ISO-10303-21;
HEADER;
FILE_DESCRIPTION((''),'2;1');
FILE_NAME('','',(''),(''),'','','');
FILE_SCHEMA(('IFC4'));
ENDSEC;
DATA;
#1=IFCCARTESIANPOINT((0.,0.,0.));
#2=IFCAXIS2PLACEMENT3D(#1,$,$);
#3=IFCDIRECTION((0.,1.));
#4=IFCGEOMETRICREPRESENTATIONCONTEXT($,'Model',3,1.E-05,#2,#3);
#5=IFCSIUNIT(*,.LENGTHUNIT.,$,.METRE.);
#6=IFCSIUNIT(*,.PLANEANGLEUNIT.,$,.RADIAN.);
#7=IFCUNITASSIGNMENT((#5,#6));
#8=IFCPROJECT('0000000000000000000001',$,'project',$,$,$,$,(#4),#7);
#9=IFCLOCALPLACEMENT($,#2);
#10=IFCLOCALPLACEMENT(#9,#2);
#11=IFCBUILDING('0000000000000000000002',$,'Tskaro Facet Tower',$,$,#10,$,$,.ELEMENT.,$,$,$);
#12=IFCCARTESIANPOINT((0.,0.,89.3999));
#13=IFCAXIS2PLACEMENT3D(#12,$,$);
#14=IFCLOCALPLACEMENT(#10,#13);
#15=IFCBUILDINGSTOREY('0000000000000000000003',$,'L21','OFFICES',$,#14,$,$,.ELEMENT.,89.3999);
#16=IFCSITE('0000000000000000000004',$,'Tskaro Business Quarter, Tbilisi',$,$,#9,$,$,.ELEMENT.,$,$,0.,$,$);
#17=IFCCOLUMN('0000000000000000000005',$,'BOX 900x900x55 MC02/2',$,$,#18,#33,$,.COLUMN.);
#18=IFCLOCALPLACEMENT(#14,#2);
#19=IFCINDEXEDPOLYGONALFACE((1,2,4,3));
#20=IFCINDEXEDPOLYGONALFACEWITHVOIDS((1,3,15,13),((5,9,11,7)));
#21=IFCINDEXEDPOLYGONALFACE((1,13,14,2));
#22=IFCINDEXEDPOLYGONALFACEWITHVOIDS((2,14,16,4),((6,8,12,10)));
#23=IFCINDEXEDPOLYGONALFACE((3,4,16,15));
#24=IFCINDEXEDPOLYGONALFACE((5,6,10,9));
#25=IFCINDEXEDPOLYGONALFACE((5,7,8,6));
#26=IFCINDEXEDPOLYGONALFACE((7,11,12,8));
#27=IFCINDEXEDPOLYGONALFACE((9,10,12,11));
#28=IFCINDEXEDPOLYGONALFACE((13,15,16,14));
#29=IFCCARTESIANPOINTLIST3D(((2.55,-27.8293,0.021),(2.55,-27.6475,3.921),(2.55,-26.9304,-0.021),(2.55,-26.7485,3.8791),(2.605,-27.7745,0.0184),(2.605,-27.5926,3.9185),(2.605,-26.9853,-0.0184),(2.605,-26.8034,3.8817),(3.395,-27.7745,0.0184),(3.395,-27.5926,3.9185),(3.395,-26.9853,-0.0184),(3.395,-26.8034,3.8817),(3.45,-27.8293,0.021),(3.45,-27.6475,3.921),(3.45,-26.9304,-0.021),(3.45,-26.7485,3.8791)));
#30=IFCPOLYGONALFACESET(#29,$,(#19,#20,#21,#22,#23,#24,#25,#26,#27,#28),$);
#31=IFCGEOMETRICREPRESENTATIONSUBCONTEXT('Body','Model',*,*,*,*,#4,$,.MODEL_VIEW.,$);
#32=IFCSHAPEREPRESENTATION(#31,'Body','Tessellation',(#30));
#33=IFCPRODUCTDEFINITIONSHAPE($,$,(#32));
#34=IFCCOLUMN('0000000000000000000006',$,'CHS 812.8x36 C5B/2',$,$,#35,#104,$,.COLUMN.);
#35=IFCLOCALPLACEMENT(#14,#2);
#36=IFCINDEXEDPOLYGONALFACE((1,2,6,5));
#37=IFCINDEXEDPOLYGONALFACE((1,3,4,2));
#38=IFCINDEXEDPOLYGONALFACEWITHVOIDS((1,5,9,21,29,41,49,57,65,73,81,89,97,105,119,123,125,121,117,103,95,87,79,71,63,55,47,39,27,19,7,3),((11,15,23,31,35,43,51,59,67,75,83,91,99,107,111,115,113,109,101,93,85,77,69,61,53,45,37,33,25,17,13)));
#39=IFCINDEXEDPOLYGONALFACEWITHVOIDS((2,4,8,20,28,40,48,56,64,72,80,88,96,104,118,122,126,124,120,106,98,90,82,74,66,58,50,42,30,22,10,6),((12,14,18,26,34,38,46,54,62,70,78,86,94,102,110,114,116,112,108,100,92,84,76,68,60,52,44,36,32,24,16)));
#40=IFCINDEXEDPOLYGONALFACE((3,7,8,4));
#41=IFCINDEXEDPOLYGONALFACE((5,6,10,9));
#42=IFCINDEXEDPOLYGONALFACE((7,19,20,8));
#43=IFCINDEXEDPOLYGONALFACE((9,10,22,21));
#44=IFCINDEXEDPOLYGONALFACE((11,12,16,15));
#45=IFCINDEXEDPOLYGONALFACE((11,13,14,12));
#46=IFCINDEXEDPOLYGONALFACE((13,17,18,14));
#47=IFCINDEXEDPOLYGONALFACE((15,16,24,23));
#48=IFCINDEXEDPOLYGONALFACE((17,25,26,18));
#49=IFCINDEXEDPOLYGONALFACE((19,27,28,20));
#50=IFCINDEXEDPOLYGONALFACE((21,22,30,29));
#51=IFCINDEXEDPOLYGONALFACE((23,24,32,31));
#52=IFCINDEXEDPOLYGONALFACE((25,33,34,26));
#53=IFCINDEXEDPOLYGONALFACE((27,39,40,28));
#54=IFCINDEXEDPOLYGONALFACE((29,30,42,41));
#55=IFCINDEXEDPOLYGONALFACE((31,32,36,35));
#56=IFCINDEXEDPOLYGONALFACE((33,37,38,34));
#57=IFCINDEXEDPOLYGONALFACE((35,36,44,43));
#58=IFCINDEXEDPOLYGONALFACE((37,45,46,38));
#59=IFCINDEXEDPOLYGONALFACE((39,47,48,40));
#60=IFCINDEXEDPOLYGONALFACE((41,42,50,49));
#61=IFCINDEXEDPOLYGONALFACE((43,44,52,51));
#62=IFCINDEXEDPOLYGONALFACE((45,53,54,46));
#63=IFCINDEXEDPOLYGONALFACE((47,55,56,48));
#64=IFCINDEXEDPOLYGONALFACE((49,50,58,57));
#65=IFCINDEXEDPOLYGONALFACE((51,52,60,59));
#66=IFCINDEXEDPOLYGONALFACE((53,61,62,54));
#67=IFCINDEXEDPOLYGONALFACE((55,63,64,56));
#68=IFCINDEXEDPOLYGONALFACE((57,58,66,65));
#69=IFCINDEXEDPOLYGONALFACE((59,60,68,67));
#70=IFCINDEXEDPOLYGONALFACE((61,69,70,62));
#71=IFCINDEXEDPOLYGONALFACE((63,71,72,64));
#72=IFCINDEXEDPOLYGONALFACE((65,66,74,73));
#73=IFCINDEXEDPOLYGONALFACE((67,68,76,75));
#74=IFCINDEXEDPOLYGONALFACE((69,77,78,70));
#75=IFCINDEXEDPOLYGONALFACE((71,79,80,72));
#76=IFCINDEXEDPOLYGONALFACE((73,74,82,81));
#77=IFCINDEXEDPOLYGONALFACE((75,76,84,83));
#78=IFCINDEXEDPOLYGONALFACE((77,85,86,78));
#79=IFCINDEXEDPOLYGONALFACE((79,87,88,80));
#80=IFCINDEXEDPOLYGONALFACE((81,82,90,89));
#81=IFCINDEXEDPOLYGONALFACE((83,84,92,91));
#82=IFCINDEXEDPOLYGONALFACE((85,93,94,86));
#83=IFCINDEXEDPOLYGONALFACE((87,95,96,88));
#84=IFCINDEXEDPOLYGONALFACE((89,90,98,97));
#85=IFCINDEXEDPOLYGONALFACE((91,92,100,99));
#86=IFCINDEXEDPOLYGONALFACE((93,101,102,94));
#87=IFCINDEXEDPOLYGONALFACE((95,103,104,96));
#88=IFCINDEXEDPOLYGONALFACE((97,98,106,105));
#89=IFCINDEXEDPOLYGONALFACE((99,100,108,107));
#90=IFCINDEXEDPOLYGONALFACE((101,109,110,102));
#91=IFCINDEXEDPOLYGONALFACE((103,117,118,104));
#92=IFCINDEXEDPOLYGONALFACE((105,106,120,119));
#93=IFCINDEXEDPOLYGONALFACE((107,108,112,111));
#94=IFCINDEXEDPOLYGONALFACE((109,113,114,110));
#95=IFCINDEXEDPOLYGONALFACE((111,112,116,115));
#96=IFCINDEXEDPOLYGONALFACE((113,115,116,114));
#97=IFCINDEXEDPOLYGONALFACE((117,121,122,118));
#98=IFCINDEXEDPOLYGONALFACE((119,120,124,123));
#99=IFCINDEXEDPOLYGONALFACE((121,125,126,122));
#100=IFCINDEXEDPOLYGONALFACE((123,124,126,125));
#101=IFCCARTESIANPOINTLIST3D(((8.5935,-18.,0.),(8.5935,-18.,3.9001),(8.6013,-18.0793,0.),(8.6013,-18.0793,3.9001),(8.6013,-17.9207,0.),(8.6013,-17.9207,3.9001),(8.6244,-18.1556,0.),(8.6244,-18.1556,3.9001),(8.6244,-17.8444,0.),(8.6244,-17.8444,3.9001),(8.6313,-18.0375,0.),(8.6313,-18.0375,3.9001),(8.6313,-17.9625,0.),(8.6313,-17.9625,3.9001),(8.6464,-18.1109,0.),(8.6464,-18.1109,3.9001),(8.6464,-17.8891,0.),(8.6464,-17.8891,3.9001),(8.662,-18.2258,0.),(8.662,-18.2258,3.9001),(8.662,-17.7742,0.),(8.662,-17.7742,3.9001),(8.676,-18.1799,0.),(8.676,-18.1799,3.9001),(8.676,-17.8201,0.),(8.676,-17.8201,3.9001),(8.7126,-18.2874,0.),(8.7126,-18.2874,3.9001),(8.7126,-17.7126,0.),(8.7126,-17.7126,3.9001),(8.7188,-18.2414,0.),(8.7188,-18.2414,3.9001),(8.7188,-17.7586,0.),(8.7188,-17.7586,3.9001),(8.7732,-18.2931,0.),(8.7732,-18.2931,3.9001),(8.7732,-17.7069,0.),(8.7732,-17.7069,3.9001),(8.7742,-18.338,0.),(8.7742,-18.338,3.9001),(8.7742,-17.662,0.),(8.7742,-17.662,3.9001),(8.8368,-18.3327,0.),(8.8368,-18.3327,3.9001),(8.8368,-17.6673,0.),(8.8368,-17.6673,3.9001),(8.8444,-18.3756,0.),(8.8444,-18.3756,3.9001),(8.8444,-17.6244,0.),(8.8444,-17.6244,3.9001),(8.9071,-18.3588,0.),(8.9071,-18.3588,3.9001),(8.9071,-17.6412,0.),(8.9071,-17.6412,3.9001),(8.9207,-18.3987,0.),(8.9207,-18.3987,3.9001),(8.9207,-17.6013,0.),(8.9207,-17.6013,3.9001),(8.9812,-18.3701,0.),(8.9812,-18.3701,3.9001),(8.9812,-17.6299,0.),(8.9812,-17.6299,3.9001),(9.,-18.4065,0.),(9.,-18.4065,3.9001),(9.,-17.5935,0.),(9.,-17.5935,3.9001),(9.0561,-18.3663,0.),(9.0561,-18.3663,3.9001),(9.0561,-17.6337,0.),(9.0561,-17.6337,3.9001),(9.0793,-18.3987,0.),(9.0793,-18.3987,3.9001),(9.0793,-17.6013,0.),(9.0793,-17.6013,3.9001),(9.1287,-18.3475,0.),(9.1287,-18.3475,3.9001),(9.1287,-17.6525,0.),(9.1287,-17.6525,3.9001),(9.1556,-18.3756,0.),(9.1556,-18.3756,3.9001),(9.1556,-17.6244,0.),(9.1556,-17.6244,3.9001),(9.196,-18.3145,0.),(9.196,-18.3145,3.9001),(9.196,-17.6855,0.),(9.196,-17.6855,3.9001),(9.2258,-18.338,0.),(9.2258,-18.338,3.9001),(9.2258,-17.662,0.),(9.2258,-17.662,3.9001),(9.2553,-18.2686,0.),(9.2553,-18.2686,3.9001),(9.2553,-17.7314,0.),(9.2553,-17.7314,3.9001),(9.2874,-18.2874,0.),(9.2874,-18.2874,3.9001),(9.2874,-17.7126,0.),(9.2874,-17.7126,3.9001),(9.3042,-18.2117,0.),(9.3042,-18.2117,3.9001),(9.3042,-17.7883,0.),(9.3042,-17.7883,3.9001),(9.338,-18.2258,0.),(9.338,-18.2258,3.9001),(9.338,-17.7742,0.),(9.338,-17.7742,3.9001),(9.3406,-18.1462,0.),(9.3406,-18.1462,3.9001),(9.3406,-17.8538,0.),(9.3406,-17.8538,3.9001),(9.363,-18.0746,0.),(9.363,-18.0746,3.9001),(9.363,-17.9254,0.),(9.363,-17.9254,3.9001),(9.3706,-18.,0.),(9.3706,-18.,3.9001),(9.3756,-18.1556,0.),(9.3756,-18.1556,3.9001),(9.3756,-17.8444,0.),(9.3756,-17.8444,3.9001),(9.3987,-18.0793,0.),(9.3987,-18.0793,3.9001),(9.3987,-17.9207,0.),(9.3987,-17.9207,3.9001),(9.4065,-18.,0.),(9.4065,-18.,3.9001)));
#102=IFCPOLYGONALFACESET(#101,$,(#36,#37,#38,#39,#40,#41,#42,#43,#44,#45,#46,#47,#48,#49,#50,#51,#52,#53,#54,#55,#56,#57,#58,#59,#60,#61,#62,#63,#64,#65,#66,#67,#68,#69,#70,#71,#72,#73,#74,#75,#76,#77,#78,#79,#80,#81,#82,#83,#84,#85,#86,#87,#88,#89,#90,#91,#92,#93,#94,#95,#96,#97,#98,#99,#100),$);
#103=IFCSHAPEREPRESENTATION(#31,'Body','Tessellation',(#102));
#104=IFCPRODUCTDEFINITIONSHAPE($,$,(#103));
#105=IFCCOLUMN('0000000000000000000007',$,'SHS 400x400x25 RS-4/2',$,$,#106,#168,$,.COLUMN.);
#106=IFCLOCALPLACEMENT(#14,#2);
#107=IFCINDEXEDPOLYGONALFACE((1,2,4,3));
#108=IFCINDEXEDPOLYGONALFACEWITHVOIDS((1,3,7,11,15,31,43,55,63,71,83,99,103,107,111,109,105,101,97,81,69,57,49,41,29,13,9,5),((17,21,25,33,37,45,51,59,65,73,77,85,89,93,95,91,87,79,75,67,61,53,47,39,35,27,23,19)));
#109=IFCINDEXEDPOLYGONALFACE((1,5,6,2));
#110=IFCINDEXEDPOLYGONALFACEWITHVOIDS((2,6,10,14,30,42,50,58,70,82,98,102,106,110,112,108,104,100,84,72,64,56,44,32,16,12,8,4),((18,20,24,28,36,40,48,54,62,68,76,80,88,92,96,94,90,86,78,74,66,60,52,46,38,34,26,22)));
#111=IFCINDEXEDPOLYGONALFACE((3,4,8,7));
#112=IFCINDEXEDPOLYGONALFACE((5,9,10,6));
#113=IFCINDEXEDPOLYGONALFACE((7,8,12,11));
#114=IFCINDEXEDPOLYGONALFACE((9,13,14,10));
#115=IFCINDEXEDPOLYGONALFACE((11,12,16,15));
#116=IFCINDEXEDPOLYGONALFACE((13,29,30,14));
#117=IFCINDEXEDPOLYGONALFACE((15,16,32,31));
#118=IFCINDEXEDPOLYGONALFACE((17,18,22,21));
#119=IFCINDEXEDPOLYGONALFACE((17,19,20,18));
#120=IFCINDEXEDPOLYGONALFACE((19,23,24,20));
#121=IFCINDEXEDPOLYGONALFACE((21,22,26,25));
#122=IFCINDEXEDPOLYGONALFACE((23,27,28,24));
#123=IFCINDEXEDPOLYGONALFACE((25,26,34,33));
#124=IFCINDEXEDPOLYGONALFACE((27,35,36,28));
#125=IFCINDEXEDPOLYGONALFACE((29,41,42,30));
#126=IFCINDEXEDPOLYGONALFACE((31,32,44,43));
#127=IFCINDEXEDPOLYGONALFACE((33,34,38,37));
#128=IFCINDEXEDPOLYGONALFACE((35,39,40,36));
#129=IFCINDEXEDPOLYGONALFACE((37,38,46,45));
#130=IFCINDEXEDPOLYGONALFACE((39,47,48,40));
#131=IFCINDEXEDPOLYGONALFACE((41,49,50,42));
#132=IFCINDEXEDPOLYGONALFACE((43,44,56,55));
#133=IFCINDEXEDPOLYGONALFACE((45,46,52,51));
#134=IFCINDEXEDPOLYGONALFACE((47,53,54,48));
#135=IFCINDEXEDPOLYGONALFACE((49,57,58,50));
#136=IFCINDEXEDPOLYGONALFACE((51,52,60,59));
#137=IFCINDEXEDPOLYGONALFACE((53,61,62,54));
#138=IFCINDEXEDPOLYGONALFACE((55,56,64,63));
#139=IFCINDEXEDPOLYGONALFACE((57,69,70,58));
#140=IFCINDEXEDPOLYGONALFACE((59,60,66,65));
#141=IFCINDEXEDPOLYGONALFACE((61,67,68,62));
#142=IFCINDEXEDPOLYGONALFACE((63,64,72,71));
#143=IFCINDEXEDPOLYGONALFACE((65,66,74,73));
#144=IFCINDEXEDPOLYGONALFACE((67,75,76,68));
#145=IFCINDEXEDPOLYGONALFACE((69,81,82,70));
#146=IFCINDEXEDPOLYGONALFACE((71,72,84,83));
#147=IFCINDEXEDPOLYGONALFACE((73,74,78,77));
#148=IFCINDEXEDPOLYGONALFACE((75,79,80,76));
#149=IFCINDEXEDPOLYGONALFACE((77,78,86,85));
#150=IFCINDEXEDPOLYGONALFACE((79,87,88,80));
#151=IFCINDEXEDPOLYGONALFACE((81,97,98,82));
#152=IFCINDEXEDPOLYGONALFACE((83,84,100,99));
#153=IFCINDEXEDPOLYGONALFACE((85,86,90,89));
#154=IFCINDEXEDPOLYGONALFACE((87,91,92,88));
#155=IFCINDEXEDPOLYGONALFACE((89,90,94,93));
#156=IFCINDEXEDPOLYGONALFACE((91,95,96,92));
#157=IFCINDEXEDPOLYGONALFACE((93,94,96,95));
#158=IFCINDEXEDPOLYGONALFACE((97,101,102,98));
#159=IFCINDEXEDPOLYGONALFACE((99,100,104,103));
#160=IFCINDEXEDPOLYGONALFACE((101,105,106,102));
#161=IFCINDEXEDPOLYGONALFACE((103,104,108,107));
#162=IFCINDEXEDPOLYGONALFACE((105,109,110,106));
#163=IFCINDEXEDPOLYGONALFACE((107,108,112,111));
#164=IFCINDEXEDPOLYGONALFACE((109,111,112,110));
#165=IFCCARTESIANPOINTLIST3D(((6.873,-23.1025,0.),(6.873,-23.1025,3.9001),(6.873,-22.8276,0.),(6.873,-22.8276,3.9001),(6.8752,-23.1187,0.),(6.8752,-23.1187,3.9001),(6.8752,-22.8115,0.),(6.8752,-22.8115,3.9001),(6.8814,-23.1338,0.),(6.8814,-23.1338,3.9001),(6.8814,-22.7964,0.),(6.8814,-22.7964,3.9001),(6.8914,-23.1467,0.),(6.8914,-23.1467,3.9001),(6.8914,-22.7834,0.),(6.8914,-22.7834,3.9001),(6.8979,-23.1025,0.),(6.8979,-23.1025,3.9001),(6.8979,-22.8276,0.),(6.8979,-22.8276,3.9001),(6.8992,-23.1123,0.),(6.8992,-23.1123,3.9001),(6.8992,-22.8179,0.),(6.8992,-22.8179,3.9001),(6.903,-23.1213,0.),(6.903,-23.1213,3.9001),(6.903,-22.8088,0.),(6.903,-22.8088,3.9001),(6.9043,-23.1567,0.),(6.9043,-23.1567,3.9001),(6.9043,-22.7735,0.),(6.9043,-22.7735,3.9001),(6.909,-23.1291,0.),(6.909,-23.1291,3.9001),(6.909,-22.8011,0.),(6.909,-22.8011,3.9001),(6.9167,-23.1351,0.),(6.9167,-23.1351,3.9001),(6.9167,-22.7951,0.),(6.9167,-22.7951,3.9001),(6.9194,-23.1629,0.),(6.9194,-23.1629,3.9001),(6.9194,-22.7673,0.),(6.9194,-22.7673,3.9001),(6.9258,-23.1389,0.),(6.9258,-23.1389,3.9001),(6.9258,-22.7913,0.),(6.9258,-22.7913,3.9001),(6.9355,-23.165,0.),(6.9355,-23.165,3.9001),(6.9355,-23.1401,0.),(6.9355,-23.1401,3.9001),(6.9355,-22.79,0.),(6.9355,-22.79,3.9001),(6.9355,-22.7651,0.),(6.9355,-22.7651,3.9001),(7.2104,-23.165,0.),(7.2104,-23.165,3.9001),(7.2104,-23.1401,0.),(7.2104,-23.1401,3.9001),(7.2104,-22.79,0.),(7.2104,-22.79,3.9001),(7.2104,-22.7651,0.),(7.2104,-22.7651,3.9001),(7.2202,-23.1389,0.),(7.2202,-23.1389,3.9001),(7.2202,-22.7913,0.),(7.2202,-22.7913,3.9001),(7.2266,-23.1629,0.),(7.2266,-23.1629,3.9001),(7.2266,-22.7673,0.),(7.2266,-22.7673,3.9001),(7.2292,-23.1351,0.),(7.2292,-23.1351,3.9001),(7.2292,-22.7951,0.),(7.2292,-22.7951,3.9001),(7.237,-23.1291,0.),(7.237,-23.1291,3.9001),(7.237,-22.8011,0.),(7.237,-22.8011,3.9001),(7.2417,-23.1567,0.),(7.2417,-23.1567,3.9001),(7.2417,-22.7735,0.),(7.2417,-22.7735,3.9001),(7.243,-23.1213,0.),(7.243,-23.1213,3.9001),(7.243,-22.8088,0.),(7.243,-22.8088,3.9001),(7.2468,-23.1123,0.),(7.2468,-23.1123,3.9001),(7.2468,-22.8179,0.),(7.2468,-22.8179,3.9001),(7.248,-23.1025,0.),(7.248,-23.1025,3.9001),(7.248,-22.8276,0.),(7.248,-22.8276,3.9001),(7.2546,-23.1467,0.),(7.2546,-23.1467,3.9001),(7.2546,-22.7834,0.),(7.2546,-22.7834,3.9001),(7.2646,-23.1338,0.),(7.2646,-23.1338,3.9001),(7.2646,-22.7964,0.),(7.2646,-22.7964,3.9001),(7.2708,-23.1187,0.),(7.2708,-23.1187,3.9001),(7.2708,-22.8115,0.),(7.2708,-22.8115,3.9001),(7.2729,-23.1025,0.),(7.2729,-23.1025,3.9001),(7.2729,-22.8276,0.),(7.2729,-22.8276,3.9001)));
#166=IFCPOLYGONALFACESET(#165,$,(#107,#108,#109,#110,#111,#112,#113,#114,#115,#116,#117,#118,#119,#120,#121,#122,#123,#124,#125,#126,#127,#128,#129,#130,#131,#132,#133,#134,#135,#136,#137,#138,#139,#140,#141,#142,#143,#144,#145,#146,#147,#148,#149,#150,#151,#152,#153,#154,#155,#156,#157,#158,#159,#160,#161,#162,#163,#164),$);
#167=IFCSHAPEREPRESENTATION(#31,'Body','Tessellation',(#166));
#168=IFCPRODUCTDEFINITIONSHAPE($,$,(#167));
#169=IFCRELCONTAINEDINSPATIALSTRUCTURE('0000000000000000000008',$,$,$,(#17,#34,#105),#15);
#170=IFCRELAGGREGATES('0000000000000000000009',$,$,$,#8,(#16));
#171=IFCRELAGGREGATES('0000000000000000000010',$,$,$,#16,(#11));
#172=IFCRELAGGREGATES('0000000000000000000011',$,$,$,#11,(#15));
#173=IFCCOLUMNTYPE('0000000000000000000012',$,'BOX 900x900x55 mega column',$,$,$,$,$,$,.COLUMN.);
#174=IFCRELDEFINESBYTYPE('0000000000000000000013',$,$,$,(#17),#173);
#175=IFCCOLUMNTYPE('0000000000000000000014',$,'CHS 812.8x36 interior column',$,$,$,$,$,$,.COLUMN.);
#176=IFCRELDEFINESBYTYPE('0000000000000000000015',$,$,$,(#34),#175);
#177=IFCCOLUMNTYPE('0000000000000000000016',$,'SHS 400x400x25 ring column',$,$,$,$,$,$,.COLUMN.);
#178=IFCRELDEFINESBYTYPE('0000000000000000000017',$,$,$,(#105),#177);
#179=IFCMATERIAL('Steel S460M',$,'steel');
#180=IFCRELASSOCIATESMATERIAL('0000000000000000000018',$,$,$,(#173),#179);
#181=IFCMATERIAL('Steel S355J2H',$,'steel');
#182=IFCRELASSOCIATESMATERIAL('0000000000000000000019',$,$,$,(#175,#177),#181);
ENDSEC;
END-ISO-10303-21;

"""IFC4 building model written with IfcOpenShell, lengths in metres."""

from ifc_helpers import new_model, si_unit, direction, frame, origin, origin_2d, place, context, subcontext, project, spatial, hollow_rectangle, hollow_circle, extrude, material, material_profile, profile_set, type_object, element, save


model = new_model("IFC4")

# Units and contexts
model_context = context("Model", 3, precision=1e-05, world=origin(), true_north=direction((0.0, 1.0)))
body_context = subcontext(model_context, "Body", "Model", "MODEL_VIEW")
ifc_project = project(units=[si_unit("LENGTHUNIT", "METRE"), si_unit("PLANEANGLEUNIT", "RADIAN")], contexts=[model_context])

# Site, building, storey
site_placement = place(None, origin())
site = spatial("IfcSite", under=ifc_project, at=site_placement, Name="Tskaro Business Quarter, Tbilisi", CompositionType="ELEMENT", RefElevation=0.0)
building_placement = place(site_placement, origin())
building = spatial("IfcBuilding", under=site, at=building_placement, Name="Tskaro Facet Tower", CompositionType="ELEMENT")
storey_placement = place(building_placement, frame((0.0, 0.0, 89.3999)))
storey = spatial("IfcBuildingStorey", under=building, at=storey_placement, Name="L21", Description="OFFICES", CompositionType="ELEMENT", Elevation=89.3999)

# Columns
ifc_material_1 = material(Name="Steel S460M", Category="steel")
ifc_material_profile_1 = material_profile(ifc_material_1, hollow_rectangle(XDim=0.8999, YDim=0.8999, WallThickness=0.0549, at=origin_2d()), Name="BOX 900x900x55")
ifc_profile_set_1 = profile_set([ifc_material_profile_1], Name="Steel S460M")
column_type_1 = type_object("IfcColumnType", Name="BOX 900x900x55 mega column", PredefinedType="COLUMN", material=ifc_profile_set_1)
column_1_placement = place(storey_placement, frame((3.0, -27.3799, 0.0), z_axis=(0.0, 0.046585, 0.998914), x_axis=(-1.0, 0.0, 0.0)))
element("IfcColumn", 1, at=column_1_placement, inside=storey, type_object=column_type_1, Name="BOX 900x900x55 MC02/2", PredefinedType="COLUMN", context=body_context, shape_type="SweptSolid", body=[
    extrude(hollow_rectangle(XDim=0.8999, YDim=0.8999, WallThickness=0.0549, at=origin_2d()), origin(), (0.0, 0.0, 1.0), 3.9043),
])
ifc_material_2 = material(Name="Steel S355J2H", Category="steel")
ifc_material_profile_2 = material_profile(ifc_material_2, hollow_circle(Radius=0.4065, WallThickness=0.0359, at=origin_2d()), Name="CHS 812.8x36")
ifc_profile_set_2 = profile_set([ifc_material_profile_2], Name="Steel S355J2H")
column_type_2 = type_object("IfcColumnType", Name="CHS 812.8x36 interior column", PredefinedType="COLUMN", material=ifc_profile_set_2)
column_2_placement = place(storey_placement, frame((9.0, -18.0, 0.0), z_axis=(0.0, 0.0, 1.0), x_axis=(1.0, 0.0, 0.0)))
element("IfcColumn", 2, at=column_2_placement, inside=storey, type_object=column_type_2, Name="CHS 812.8x36 C5B/2", PredefinedType="COLUMN", context=body_context, shape_type="SweptSolid", body=[
    extrude(hollow_circle(Radius=0.4065, WallThickness=0.0359, at=origin_2d()), origin(), (0.0, 0.0, 1.0), 3.9001),
])
ifc_material_profile_3 = material_profile(ifc_material_2, hollow_rectangle(XDim=0.3999, YDim=0.3999, WallThickness=0.0249, InnerFilletRadius=0.0376, OuterFilletRadius=0.0625, at=origin_2d()), Name="SHS 400x400x25")
ifc_profile_set_3 = profile_set([ifc_material_profile_3], Name="Steel S355J2H")
column_type_3 = type_object("IfcColumnType", Name="SHS 400x400x25 ring column", PredefinedType="COLUMN", material=ifc_profile_set_3)
for number, where, z_axis, x_axis, name in (
    (3, (7.073, -22.9651, 0.0), (0.0, 0.0, 1.0), (1.0, 0.0, 0.0), "SHS 400x400x25 RS-4/2"),
):
    element("IfcColumn", number, at=place(storey_placement, frame(where, z_axis=z_axis, x_axis=x_axis)), inside=storey, type_object=column_type_3, Name=name, PredefinedType="COLUMN", context=body_context, shape_type="SweptSolid", body=[
        extrude(hollow_rectangle(XDim=0.3999, YDim=0.3999, WallThickness=0.0249, InnerFilletRadius=0.0376, OuterFilletRadius=0.0625, at=origin_2d()), origin(), (0.0, 0.0, 1.0), 3.9001),
    ])

save(model, "model.ifc")
